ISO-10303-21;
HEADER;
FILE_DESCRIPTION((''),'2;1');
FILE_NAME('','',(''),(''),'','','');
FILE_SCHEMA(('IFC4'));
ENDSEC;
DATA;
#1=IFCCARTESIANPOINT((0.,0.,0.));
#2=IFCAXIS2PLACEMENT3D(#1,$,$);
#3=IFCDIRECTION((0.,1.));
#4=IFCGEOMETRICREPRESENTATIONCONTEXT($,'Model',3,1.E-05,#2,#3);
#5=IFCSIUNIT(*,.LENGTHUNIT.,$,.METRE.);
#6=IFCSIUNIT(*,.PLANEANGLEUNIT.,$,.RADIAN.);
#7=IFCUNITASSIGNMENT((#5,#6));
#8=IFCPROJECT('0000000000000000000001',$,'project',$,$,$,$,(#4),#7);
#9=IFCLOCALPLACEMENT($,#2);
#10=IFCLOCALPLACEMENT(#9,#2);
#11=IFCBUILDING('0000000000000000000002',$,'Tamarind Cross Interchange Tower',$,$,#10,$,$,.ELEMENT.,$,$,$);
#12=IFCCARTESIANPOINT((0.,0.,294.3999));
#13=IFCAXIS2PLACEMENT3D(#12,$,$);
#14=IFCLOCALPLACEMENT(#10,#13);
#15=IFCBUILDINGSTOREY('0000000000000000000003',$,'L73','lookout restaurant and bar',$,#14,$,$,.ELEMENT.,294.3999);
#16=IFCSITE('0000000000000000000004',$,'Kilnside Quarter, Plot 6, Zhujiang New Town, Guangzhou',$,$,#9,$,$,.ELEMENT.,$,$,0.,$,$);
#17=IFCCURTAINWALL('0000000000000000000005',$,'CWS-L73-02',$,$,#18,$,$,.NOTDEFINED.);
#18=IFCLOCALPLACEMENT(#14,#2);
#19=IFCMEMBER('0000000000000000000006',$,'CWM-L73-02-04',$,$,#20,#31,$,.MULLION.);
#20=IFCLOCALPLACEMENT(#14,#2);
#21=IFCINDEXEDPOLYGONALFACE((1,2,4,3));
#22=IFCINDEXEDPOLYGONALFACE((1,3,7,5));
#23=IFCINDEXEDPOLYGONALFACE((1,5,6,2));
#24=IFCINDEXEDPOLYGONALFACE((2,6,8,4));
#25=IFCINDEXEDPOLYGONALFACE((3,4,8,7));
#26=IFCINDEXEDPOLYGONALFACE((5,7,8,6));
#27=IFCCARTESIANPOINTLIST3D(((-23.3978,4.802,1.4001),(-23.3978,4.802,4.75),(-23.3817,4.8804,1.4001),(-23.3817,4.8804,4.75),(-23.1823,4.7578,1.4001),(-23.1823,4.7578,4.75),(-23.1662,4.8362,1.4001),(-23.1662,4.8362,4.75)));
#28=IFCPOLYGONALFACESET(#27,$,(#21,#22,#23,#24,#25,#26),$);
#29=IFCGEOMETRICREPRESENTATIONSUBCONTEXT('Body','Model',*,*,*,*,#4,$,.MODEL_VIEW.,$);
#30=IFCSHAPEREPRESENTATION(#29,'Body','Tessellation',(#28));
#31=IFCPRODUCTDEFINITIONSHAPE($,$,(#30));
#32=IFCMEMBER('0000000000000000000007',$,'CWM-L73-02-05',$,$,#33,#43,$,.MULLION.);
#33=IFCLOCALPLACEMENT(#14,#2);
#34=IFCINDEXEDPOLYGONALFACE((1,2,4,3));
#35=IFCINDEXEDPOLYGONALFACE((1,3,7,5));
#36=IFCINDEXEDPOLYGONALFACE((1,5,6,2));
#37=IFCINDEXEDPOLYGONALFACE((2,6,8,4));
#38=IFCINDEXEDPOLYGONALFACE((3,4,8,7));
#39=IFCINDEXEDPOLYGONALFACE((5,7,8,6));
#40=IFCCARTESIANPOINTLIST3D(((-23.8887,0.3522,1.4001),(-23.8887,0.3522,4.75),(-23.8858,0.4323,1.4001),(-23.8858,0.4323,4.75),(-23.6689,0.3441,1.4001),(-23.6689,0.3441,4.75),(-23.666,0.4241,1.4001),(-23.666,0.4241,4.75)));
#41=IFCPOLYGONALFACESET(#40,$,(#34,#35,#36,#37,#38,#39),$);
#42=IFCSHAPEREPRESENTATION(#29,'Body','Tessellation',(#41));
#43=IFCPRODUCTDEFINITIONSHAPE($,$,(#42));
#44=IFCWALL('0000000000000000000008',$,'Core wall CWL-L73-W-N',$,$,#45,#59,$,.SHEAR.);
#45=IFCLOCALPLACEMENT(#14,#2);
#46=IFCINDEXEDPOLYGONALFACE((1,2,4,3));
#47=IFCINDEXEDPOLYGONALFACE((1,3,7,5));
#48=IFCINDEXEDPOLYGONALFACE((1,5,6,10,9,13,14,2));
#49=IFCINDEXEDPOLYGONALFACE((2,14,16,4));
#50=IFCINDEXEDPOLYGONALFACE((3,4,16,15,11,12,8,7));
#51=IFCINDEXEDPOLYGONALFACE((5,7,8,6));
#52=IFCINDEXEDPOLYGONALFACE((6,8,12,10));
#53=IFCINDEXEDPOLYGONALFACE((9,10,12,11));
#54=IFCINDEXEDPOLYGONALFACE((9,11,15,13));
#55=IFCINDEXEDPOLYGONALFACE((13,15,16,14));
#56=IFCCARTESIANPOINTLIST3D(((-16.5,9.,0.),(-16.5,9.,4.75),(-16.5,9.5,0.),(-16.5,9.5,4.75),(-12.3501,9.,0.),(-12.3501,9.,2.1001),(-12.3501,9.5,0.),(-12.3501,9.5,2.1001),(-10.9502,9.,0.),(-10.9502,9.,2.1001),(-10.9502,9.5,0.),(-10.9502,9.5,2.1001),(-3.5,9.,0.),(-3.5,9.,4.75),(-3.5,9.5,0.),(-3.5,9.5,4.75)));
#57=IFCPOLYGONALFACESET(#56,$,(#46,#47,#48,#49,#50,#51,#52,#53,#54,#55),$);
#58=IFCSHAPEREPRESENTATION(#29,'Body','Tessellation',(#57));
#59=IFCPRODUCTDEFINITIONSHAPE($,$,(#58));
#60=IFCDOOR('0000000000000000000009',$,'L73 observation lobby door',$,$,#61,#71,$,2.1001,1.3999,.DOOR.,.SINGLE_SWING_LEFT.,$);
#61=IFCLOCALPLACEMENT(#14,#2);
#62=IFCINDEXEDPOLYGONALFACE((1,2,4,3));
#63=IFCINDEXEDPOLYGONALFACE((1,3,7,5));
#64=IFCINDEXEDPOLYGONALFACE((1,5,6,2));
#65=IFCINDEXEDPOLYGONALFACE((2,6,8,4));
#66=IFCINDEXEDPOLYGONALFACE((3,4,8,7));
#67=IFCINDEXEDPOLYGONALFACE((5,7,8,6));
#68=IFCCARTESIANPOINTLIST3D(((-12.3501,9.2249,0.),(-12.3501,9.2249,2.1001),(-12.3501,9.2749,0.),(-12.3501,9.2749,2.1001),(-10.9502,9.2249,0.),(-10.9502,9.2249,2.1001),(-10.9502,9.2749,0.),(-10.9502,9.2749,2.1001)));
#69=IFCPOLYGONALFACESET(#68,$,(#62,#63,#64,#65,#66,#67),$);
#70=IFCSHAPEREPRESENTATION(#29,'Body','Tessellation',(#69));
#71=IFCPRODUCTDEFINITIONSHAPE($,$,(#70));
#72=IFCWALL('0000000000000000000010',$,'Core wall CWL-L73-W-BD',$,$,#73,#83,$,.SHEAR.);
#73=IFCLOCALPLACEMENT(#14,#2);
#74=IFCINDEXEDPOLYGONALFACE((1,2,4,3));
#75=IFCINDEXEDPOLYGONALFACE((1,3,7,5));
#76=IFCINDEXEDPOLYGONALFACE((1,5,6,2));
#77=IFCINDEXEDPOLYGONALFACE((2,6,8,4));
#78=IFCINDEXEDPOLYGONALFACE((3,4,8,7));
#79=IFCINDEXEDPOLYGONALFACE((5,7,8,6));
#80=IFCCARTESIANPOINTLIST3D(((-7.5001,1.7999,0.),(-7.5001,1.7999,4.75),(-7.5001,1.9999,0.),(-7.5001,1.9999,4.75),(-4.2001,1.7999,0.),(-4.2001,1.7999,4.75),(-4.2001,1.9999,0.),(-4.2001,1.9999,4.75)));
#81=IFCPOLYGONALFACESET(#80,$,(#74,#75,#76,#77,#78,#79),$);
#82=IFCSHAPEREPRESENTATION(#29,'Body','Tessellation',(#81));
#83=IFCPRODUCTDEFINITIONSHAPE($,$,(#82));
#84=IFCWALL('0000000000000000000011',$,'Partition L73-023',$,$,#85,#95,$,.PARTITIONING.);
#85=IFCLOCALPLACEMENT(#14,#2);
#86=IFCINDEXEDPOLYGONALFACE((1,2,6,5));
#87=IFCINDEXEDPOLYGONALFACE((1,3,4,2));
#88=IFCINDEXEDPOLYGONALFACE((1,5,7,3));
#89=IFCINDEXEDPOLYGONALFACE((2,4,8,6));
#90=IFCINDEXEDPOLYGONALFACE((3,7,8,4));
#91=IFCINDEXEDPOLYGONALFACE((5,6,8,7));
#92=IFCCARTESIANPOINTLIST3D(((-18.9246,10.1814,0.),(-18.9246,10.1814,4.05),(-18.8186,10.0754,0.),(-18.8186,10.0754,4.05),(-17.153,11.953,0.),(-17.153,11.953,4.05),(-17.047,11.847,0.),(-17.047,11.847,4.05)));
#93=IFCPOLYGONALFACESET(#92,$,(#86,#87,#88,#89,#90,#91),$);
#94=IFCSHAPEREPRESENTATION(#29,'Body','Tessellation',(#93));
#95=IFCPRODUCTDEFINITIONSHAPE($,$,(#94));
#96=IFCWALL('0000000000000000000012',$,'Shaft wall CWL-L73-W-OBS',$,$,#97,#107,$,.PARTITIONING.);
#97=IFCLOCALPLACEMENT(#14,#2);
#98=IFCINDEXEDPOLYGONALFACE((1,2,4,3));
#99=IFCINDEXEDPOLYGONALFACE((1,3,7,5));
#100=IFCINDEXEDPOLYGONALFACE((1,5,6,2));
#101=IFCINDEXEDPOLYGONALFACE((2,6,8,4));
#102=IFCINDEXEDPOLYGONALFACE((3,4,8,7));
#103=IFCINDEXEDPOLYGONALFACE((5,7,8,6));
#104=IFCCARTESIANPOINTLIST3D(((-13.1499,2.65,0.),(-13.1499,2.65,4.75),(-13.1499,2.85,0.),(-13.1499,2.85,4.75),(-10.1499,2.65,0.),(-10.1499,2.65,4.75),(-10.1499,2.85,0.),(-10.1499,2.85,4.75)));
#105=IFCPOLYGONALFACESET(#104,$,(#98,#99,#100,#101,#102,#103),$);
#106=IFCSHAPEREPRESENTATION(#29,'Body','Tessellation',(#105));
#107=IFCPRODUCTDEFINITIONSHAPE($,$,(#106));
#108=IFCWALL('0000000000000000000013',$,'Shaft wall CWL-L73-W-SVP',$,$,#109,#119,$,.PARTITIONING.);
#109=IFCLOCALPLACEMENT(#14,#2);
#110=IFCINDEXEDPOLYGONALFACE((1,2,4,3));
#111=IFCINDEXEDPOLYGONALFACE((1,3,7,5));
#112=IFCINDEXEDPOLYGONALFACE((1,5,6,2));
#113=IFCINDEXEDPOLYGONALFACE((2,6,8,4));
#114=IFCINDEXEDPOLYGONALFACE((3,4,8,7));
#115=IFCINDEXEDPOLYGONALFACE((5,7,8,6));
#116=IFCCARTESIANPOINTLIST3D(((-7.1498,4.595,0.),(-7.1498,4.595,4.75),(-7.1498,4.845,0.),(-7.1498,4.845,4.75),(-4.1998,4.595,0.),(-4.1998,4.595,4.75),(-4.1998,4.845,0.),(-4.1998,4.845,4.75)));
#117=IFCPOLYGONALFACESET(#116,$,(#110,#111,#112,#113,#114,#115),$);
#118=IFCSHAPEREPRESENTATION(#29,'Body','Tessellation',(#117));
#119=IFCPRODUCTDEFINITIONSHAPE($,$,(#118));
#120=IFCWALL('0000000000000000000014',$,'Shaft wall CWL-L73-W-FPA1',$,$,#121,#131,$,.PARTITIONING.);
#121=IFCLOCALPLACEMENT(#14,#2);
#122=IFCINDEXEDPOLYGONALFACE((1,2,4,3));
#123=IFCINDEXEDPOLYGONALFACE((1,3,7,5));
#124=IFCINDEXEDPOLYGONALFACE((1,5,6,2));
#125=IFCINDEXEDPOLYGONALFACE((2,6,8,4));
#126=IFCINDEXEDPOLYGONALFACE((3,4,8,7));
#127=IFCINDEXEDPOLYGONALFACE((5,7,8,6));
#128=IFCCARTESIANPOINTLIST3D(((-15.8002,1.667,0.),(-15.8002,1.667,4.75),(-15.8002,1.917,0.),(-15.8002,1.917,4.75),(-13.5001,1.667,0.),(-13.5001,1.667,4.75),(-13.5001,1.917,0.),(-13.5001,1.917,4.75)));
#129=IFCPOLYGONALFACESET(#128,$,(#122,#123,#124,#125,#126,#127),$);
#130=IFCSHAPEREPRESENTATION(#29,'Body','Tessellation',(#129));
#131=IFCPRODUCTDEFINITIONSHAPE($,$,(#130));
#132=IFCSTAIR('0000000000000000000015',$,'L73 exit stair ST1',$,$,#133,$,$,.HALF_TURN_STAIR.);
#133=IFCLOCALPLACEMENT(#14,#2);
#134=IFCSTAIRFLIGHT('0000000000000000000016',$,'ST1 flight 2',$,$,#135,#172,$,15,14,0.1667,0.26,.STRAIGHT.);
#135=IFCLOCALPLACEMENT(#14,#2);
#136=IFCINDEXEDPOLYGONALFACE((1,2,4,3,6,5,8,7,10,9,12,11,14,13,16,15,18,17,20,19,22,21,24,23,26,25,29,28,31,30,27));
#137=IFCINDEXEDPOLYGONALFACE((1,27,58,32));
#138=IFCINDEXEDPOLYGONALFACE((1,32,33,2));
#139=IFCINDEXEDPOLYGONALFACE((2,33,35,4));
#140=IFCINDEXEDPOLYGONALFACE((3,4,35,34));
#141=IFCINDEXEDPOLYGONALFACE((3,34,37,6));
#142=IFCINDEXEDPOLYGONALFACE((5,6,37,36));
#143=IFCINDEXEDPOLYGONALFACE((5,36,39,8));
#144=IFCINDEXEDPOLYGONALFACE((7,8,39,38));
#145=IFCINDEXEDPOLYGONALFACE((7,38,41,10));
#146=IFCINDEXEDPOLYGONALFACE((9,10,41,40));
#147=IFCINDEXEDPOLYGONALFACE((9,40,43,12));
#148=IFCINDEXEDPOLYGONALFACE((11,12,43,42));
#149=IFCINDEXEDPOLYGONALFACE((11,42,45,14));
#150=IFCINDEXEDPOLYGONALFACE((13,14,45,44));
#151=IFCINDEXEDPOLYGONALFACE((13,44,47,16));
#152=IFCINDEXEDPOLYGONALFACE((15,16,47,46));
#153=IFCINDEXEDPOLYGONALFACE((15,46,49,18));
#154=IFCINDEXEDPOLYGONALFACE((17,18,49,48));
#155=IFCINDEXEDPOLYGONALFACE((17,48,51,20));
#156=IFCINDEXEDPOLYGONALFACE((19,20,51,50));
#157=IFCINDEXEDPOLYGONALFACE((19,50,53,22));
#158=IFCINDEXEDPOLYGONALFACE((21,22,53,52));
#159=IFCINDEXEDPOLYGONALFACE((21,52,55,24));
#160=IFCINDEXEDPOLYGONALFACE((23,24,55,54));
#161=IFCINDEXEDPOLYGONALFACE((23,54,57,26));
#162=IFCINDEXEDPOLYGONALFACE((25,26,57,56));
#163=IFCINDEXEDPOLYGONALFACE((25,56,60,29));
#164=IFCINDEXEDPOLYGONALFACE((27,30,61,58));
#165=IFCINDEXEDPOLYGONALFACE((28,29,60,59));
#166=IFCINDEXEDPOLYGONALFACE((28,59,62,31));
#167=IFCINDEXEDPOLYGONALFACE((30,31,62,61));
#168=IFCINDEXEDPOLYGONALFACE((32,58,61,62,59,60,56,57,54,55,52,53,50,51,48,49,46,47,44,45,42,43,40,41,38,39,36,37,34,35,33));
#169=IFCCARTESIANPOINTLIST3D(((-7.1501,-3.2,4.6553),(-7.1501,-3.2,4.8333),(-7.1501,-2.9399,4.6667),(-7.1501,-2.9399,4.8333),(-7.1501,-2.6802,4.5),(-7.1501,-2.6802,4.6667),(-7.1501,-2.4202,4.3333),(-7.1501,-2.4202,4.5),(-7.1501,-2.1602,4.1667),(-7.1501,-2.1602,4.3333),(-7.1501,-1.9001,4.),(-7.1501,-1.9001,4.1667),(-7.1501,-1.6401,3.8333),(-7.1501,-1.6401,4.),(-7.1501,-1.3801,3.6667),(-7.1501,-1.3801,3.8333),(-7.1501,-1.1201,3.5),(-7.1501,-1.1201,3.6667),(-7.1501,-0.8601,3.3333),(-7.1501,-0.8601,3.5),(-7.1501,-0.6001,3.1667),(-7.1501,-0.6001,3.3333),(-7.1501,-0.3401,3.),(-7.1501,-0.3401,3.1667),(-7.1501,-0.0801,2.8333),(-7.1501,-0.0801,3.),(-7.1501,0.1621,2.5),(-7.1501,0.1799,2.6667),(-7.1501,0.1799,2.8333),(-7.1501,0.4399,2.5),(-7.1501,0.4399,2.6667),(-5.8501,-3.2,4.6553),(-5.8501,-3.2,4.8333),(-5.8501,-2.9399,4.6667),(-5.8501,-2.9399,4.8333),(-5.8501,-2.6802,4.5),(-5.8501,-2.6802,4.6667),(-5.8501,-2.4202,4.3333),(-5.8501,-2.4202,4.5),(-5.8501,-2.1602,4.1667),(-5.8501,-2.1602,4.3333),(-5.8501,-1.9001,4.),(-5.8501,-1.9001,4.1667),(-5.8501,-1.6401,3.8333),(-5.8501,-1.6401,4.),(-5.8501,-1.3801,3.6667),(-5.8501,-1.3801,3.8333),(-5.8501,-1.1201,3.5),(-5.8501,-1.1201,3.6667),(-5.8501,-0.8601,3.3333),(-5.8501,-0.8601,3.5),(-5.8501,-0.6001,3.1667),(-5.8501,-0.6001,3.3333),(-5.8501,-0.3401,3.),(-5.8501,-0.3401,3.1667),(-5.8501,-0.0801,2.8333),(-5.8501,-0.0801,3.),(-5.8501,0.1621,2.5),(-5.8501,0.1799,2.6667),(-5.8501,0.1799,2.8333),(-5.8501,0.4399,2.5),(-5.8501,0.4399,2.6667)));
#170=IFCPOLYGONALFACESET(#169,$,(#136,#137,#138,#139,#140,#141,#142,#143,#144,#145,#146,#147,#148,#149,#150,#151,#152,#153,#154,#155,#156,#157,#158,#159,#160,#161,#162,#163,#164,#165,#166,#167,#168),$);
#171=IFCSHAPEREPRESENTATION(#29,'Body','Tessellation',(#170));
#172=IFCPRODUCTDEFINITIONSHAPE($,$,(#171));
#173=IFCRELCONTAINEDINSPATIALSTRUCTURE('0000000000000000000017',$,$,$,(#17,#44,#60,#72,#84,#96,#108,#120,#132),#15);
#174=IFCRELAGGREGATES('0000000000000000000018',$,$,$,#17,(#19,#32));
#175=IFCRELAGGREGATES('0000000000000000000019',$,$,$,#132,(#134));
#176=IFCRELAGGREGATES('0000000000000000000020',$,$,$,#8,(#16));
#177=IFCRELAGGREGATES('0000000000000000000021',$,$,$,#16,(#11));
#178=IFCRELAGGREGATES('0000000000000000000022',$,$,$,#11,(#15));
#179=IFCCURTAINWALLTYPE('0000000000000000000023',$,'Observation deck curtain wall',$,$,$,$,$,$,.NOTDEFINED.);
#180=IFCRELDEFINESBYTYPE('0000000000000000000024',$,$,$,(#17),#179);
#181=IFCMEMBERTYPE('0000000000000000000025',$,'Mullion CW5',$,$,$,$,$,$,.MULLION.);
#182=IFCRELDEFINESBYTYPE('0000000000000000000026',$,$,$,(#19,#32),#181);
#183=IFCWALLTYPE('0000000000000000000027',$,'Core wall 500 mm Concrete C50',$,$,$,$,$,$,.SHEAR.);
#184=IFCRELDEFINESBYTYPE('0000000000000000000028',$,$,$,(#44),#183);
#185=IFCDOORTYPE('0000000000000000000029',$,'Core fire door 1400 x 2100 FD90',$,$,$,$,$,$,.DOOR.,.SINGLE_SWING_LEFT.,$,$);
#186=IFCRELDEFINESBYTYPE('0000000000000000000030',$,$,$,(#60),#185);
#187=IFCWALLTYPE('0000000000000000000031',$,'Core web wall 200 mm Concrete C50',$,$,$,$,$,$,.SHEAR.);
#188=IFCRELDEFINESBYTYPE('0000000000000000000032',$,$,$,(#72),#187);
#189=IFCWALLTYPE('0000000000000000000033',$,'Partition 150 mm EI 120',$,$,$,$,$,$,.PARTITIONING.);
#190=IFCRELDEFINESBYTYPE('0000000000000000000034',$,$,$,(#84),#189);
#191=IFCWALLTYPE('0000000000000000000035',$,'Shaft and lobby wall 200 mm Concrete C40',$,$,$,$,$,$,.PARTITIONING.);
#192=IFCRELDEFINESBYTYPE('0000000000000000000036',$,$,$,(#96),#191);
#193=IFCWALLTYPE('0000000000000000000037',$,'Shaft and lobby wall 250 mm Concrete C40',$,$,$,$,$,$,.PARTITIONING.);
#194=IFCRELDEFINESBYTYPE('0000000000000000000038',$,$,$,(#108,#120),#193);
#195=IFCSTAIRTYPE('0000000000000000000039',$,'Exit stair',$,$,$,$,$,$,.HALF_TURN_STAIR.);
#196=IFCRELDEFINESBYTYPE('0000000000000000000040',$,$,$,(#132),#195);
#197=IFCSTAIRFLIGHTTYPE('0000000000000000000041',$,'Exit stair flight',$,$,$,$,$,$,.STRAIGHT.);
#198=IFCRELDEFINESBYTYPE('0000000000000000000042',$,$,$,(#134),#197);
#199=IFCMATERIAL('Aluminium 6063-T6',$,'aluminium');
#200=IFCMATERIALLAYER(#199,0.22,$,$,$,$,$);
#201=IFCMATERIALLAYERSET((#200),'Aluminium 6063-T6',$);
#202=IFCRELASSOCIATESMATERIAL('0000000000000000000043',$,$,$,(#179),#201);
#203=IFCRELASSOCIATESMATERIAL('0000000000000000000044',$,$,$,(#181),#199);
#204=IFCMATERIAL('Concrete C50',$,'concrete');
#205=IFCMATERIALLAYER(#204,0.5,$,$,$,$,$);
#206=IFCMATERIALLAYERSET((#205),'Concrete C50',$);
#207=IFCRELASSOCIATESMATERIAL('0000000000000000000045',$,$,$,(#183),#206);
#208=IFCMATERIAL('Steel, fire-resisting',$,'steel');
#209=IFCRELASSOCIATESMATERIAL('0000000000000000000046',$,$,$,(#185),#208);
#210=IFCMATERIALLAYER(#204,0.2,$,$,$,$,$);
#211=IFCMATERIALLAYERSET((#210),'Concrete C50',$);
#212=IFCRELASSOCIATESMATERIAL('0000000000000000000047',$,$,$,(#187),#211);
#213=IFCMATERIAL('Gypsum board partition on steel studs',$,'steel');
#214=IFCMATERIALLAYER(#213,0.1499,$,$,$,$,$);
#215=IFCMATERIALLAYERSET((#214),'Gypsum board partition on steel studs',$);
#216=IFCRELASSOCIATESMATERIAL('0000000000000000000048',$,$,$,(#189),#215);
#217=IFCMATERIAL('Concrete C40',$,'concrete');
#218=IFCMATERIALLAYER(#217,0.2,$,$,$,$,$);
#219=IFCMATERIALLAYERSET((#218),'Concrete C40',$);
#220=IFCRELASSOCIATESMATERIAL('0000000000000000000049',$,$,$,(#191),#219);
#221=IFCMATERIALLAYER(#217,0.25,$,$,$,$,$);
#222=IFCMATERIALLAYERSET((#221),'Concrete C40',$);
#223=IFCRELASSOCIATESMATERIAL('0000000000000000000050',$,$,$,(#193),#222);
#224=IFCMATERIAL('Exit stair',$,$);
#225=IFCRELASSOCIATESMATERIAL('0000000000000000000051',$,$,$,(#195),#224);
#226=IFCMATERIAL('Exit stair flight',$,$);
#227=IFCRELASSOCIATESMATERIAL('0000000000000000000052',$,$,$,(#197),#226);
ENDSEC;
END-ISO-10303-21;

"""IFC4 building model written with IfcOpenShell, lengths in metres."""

from ifc_helpers import new_model, si_unit, direction, frame, frame_2d, origin, origin_2d, place, context, subcontext, project, spatial, polyline, rectangle, outline, extrude, material, layer, layer_set, material_profile, profile_set, type_object, element, fill, aggregate, save


model = new_model("IFC4")

# Units and contexts
model_context = context("Model", 3, precision=1e-05, world=origin(), true_north=direction((0.0, 1.0)))
body_context = subcontext(model_context, "Body", "Model", "MODEL_VIEW")
ifc_project = project(units=[si_unit("LENGTHUNIT", "METRE"), si_unit("PLANEANGLEUNIT", "RADIAN")], contexts=[model_context])

# Site, building, storey
site_placement = place(None, origin())
site = spatial("IfcSite", under=ifc_project, at=site_placement, Name="Kilnside Quarter, Plot 6, Zhujiang New Town, Guangzhou", CompositionType="ELEMENT", RefElevation=0.0)
building_placement = place(site_placement, origin())
building = spatial("IfcBuilding", under=site, at=building_placement, Name="Tamarind Cross Interchange Tower", CompositionType="ELEMENT")
storey_placement = place(building_placement, frame((0.0, 0.0, 294.3999)))
storey = spatial("IfcBuildingStorey", under=building, at=storey_placement, Name="L73", Description="lookout restaurant and bar", CompositionType="ELEMENT", Elevation=294.3999)

# Curtain wall, members
ifc_material_1 = material(Name="Aluminium 6063-T6", Category="aluminium")
ifc_layer_1 = layer(ifc_material_1, 0.22)
ifc_layer_set_1 = layer_set([ifc_layer_1], Name="Aluminium 6063-T6")
curtain_wall_type = type_object("IfcCurtainWallType", Name="Observation deck curtain wall", PredefinedType="NOTDEFINED", material=ifc_layer_set_1)
curtain_wall_placement = place(storey_placement, origin())
curtain_wall = element("IfcCurtainWall", 1, at=curtain_wall_placement, inside=storey, type_object=curtain_wall_type, Name="CWS-L73-02", PredefinedType="NOTDEFINED")
ifc_material_profile_1 = material_profile(ifc_material_1, rectangle(XDim=0.0801, YDim=0.22, at=origin_2d()), Name="Mullion CW5")
ifc_profile_set_1 = profile_set([ifc_material_profile_1], Name="Aluminium 6063-T6")
member_type = type_object("IfcMemberType", Name="Mullion CW5", PredefinedType="MULLION", material=ifc_profile_set_1)
member_1_placement = place(storey_placement, frame((-23.282, 4.8191, 1.4001), z_axis=(0.0, 0.0, 1.0), x_axis=(-0.201001, -0.979591, 0.0)))
member_1 = element("IfcMember", 2, at=member_1_placement, type_object=member_type, Name="CWM-L73-02-04", PredefinedType="MULLION", context=body_context, shape_type="SweptSolid", body=[
    extrude(rectangle(XDim=0.0801, YDim=0.22, at=origin_2d()), origin(), (0.0, 0.0, 1.0), 3.3499),
])
member_2_placement = place(storey_placement, frame((-23.7773, 0.3882, 1.4001), z_axis=(0.0, 0.0, 1.0), x_axis=(-0.037025, -0.999314, 0.0)))
member_2 = element("IfcMember", 3, at=member_2_placement, type_object=member_type, Name="CWM-L73-02-05", PredefinedType="MULLION", context=body_context, shape_type="SweptSolid", body=[
    extrude(rectangle(XDim=0.0801, YDim=0.22, at=origin_2d()), origin(), (0.0, 0.0, 1.0), 3.3499),
])
aggregate(curtain_wall, [member_1, member_2])

# Wall, opening, door
ifc_material_2 = material(Name="Concrete C50", Category="concrete")
ifc_layer_2 = layer(ifc_material_2, 0.5)
ifc_layer_set_2 = layer_set([ifc_layer_2], Name="Concrete C50")
wall_type_1 = type_object("IfcWallType", Name="Core wall 500 mm Concrete C50", PredefinedType="SHEAR", material=ifc_layer_set_2)
wall_1_placement = place(storey_placement, frame((-16.5, 9.25, 0.0), z_axis=(0.0, 0.0, 1.0), x_axis=(1.0, 0.0, 0.0)))
wall_1 = element("IfcWall", 4, at=wall_1_placement, inside=storey, type_object=wall_type_1, Name="Core wall CWL-L73-W-N", PredefinedType="SHEAR", context=body_context, shape_type="SweptSolid", body=[
    extrude(rectangle(XDim=13.0, YDim=0.5, at=frame_2d((6.5, 0.0))), origin(), (0.0, 0.0, 1.0), 4.75),
])
opening_placement = place(wall_1_placement, frame((4.1499, 0.0, 0.0)))
opening = element("IfcOpeningElement", 5, at=opening_placement, cuts=wall_1, PredefinedType="OPENING", context=body_context, shape_type="SweptSolid", body=[
    extrude(rectangle(XDim=1.3999, YDim=2.1001, at=frame_2d((0.7, 1.05))), frame((0.0, 0.26, 0.0), z_axis=(0.0, -1.0, 0.0), x_axis=(1.0, 0.0, 0.0)), (0.0, 0.0, 1.0), 0.52),
])
ifc_material_3 = material(Name="Steel, fire-resisting", Category="steel")
door_type = type_object("IfcDoorType", Name="Core fire door 1400 x 2100 FD90", OperationType="SINGLE_SWING_LEFT", PredefinedType="DOOR", material=ifc_material_3)
door_placement = place(opening_placement, origin())
door = element("IfcDoor", 6, at=door_placement, inside=storey, type_object=door_type, Name="L73 observation lobby door", OperationType="SINGLE_SWING_LEFT", OverallHeight=2.1001, OverallWidth=1.3999, PredefinedType="DOOR", context=body_context, shape_type="SweptSolid", body=[
    extrude(rectangle(XDim=1.3999, YDim=2.1001, at=frame_2d((0.7, 1.05))), frame((0.0, 0.0249, 0.0), z_axis=(0.0, -1.0, 0.0), x_axis=(1.0, 0.0, 0.0)), (0.0, 0.0, 1.0), 0.05),
])
fill(opening, door)

# Walls
ifc_layer_3 = layer(ifc_material_2, 0.2)
ifc_layer_set_3 = layer_set([ifc_layer_3], Name="Concrete C50")
wall_type_2 = type_object("IfcWallType", Name="Core web wall 200 mm Concrete C50", PredefinedType="SHEAR", material=ifc_layer_set_3)
wall_2_placement = place(storey_placement, frame((-7.5, 1.8999, 0.0), z_axis=(0.0, 0.0, 1.0), x_axis=(1.0, 0.0, 0.0)))
element("IfcWall", 7, at=wall_2_placement, inside=storey, type_object=wall_type_2, Name="Core wall CWL-L73-W-BD", PredefinedType="SHEAR", context=body_context, shape_type="SweptSolid", body=[
    extrude(rectangle(XDim=3.3, YDim=0.2, at=frame_2d((1.6499, 0.0))), origin(), (0.0, 0.0, 1.0), 4.75),
])
ifc_material_4 = material(Name="Gypsum board partition on steel studs", Category="steel")
ifc_layer_4 = layer(ifc_material_4, 0.1499)
ifc_layer_set_4 = layer_set([ifc_layer_4], Name="Gypsum board partition on steel studs")
wall_type_3 = type_object("IfcWallType", Name="Partition 150 mm EI 120", PredefinedType="PARTITIONING", material=ifc_layer_set_4)
wall_3_placement = place(storey_placement, frame((-18.8716, 10.1284, 0.0), z_axis=(0.0, 0.0, 1.0), x_axis=(0.707107, 0.707107, 0.0)))
element("IfcWall", 8, at=wall_3_placement, inside=storey, type_object=wall_type_3, Name="Partition L73-023", PredefinedType="PARTITIONING", context=body_context, shape_type="SweptSolid", body=[
    extrude(rectangle(XDim=2.5054, YDim=0.1499, at=frame_2d((1.2527, 0.0))), origin(), (0.0, 0.0, 1.0), 4.05),
])
ifc_material_5 = material(Name="Concrete C40", Category="concrete")
ifc_layer_5 = layer(ifc_material_5, 0.2)
ifc_layer_set_5 = layer_set([ifc_layer_5], Name="Concrete C40")
wall_type_4 = type_object("IfcWallType", Name="Shaft and lobby wall 200 mm Concrete C40", PredefinedType="PARTITIONING", material=ifc_layer_set_5)
wall_4_placement = place(storey_placement, frame((-13.1499, 2.75, 0.0), z_axis=(0.0, 0.0, 1.0), x_axis=(1.0, 0.0, 0.0)))
element("IfcWall", 9, at=wall_4_placement, inside=storey, type_object=wall_type_4, Name="Shaft wall CWL-L73-W-OBS", PredefinedType="PARTITIONING", context=body_context, shape_type="SweptSolid", body=[
    extrude(rectangle(XDim=3.0, YDim=0.2, at=frame_2d((1.5, 0.0))), origin(), (0.0, 0.0, 1.0), 4.75),
])
ifc_layer_6 = layer(ifc_material_5, 0.25)
ifc_layer_set_6 = layer_set([ifc_layer_6], Name="Concrete C40")
wall_type_5 = type_object("IfcWallType", Name="Shaft and lobby wall 250 mm Concrete C40", PredefinedType="PARTITIONING", material=ifc_layer_set_6)
wall_5_placement = place(storey_placement, frame((-7.1499, 4.72, 0.0), z_axis=(0.0, 0.0, 1.0), x_axis=(1.0, 0.0, 0.0)))
element("IfcWall", 10, at=wall_5_placement, inside=storey, type_object=wall_type_5, Name="Shaft wall CWL-L73-W-SVP", PredefinedType="PARTITIONING", context=body_context, shape_type="SweptSolid", body=[
    extrude(rectangle(XDim=2.95, YDim=0.25, at=frame_2d((1.4751, 0.0))), origin(), (0.0, 0.0, 1.0), 4.75),
])
wall_6_placement = place(storey_placement, frame((-15.8, 1.792, 0.0), z_axis=(0.0, 0.0, 1.0), x_axis=(1.0, 0.0, 0.0)))
element("IfcWall", 11, at=wall_6_placement, inside=storey, type_object=wall_type_5, Name="Shaft wall CWL-L73-W-FPA1", PredefinedType="PARTITIONING", context=body_context, shape_type="SweptSolid", body=[
    extrude(rectangle(XDim=2.3, YDim=0.25, at=frame_2d((1.1499, 0.0))), origin(), (0.0, 0.0, 1.0), 4.75),
])

# Stair, stair flight
ifc_material_6 = material(Name="Exit stair")
stair_type = type_object("IfcStairType", Name="Exit stair", PredefinedType="HALF_TURN_STAIR", material=ifc_material_6)
stair_placement = place(storey_placement, origin())
stair = element("IfcStair", 12, at=stair_placement, inside=storey, type_object=stair_type, Name="L73 exit stair ST1", PredefinedType="HALF_TURN_STAIR")
ifc_material_7 = material(Name="Exit stair flight")
stair_flight_type = type_object("IfcStairFlightType", Name="Exit stair flight", PredefinedType="STRAIGHT", material=ifc_material_7)
stair_flight_placement = place(storey_placement, frame((-6.5, 0.4399, 2.5), z_axis=(0.0, 0.0, 1.0), x_axis=(0.0, -1.0, 0.0)))
stair_flight = element("IfcStairFlight", 13, at=stair_flight_placement, type_object=stair_flight_type, Name="ST1 flight 2", NumberOfRisers=15, NumberOfTreads=14, PredefinedType="STRAIGHT", RiserHeight=0.1667, TreadLength=0.26, context=body_context, shape_type="SweptSolid", body=[
    extrude(outline(polyline([(0.0, 0.0), (0.0, 0.1667), (0.26, 0.1667), (0.26, 0.3333), (0.52, 0.3333), (0.52, 0.5), (0.78, 0.5), (0.78, 0.6667), (1.04, 0.6667), (1.04, 0.8333), (1.3, 0.8333), (1.3, 1.0), (1.5601, 1.0), (1.5601, 1.1667), (1.8201, 1.1667), (1.8201, 1.3333), (2.0801, 1.3333), (2.0801, 1.5), (2.3401, 1.5), (2.3401, 1.6667), (2.6001, 1.6667), (2.6001, 1.8333), (2.8601, 1.8333), (2.8601, 2.0), (3.1201, 2.0), (3.1201, 2.1667), (3.3799, 2.1667), (3.3799, 2.3333), (3.6399, 2.3333), (3.6399, 2.5), (3.6399, 2.1553), (0.2778, 0.0), (0.0, 0.0)])), frame((0.0, 0.6499, 0.0), z_axis=(0.0, -1.0, 0.0), x_axis=(1.0, 0.0, 0.0)), (0.0, 0.0, 1.0), 1.3),
])
aggregate(stair, [stair_flight])

save(model, "model.ifc")
